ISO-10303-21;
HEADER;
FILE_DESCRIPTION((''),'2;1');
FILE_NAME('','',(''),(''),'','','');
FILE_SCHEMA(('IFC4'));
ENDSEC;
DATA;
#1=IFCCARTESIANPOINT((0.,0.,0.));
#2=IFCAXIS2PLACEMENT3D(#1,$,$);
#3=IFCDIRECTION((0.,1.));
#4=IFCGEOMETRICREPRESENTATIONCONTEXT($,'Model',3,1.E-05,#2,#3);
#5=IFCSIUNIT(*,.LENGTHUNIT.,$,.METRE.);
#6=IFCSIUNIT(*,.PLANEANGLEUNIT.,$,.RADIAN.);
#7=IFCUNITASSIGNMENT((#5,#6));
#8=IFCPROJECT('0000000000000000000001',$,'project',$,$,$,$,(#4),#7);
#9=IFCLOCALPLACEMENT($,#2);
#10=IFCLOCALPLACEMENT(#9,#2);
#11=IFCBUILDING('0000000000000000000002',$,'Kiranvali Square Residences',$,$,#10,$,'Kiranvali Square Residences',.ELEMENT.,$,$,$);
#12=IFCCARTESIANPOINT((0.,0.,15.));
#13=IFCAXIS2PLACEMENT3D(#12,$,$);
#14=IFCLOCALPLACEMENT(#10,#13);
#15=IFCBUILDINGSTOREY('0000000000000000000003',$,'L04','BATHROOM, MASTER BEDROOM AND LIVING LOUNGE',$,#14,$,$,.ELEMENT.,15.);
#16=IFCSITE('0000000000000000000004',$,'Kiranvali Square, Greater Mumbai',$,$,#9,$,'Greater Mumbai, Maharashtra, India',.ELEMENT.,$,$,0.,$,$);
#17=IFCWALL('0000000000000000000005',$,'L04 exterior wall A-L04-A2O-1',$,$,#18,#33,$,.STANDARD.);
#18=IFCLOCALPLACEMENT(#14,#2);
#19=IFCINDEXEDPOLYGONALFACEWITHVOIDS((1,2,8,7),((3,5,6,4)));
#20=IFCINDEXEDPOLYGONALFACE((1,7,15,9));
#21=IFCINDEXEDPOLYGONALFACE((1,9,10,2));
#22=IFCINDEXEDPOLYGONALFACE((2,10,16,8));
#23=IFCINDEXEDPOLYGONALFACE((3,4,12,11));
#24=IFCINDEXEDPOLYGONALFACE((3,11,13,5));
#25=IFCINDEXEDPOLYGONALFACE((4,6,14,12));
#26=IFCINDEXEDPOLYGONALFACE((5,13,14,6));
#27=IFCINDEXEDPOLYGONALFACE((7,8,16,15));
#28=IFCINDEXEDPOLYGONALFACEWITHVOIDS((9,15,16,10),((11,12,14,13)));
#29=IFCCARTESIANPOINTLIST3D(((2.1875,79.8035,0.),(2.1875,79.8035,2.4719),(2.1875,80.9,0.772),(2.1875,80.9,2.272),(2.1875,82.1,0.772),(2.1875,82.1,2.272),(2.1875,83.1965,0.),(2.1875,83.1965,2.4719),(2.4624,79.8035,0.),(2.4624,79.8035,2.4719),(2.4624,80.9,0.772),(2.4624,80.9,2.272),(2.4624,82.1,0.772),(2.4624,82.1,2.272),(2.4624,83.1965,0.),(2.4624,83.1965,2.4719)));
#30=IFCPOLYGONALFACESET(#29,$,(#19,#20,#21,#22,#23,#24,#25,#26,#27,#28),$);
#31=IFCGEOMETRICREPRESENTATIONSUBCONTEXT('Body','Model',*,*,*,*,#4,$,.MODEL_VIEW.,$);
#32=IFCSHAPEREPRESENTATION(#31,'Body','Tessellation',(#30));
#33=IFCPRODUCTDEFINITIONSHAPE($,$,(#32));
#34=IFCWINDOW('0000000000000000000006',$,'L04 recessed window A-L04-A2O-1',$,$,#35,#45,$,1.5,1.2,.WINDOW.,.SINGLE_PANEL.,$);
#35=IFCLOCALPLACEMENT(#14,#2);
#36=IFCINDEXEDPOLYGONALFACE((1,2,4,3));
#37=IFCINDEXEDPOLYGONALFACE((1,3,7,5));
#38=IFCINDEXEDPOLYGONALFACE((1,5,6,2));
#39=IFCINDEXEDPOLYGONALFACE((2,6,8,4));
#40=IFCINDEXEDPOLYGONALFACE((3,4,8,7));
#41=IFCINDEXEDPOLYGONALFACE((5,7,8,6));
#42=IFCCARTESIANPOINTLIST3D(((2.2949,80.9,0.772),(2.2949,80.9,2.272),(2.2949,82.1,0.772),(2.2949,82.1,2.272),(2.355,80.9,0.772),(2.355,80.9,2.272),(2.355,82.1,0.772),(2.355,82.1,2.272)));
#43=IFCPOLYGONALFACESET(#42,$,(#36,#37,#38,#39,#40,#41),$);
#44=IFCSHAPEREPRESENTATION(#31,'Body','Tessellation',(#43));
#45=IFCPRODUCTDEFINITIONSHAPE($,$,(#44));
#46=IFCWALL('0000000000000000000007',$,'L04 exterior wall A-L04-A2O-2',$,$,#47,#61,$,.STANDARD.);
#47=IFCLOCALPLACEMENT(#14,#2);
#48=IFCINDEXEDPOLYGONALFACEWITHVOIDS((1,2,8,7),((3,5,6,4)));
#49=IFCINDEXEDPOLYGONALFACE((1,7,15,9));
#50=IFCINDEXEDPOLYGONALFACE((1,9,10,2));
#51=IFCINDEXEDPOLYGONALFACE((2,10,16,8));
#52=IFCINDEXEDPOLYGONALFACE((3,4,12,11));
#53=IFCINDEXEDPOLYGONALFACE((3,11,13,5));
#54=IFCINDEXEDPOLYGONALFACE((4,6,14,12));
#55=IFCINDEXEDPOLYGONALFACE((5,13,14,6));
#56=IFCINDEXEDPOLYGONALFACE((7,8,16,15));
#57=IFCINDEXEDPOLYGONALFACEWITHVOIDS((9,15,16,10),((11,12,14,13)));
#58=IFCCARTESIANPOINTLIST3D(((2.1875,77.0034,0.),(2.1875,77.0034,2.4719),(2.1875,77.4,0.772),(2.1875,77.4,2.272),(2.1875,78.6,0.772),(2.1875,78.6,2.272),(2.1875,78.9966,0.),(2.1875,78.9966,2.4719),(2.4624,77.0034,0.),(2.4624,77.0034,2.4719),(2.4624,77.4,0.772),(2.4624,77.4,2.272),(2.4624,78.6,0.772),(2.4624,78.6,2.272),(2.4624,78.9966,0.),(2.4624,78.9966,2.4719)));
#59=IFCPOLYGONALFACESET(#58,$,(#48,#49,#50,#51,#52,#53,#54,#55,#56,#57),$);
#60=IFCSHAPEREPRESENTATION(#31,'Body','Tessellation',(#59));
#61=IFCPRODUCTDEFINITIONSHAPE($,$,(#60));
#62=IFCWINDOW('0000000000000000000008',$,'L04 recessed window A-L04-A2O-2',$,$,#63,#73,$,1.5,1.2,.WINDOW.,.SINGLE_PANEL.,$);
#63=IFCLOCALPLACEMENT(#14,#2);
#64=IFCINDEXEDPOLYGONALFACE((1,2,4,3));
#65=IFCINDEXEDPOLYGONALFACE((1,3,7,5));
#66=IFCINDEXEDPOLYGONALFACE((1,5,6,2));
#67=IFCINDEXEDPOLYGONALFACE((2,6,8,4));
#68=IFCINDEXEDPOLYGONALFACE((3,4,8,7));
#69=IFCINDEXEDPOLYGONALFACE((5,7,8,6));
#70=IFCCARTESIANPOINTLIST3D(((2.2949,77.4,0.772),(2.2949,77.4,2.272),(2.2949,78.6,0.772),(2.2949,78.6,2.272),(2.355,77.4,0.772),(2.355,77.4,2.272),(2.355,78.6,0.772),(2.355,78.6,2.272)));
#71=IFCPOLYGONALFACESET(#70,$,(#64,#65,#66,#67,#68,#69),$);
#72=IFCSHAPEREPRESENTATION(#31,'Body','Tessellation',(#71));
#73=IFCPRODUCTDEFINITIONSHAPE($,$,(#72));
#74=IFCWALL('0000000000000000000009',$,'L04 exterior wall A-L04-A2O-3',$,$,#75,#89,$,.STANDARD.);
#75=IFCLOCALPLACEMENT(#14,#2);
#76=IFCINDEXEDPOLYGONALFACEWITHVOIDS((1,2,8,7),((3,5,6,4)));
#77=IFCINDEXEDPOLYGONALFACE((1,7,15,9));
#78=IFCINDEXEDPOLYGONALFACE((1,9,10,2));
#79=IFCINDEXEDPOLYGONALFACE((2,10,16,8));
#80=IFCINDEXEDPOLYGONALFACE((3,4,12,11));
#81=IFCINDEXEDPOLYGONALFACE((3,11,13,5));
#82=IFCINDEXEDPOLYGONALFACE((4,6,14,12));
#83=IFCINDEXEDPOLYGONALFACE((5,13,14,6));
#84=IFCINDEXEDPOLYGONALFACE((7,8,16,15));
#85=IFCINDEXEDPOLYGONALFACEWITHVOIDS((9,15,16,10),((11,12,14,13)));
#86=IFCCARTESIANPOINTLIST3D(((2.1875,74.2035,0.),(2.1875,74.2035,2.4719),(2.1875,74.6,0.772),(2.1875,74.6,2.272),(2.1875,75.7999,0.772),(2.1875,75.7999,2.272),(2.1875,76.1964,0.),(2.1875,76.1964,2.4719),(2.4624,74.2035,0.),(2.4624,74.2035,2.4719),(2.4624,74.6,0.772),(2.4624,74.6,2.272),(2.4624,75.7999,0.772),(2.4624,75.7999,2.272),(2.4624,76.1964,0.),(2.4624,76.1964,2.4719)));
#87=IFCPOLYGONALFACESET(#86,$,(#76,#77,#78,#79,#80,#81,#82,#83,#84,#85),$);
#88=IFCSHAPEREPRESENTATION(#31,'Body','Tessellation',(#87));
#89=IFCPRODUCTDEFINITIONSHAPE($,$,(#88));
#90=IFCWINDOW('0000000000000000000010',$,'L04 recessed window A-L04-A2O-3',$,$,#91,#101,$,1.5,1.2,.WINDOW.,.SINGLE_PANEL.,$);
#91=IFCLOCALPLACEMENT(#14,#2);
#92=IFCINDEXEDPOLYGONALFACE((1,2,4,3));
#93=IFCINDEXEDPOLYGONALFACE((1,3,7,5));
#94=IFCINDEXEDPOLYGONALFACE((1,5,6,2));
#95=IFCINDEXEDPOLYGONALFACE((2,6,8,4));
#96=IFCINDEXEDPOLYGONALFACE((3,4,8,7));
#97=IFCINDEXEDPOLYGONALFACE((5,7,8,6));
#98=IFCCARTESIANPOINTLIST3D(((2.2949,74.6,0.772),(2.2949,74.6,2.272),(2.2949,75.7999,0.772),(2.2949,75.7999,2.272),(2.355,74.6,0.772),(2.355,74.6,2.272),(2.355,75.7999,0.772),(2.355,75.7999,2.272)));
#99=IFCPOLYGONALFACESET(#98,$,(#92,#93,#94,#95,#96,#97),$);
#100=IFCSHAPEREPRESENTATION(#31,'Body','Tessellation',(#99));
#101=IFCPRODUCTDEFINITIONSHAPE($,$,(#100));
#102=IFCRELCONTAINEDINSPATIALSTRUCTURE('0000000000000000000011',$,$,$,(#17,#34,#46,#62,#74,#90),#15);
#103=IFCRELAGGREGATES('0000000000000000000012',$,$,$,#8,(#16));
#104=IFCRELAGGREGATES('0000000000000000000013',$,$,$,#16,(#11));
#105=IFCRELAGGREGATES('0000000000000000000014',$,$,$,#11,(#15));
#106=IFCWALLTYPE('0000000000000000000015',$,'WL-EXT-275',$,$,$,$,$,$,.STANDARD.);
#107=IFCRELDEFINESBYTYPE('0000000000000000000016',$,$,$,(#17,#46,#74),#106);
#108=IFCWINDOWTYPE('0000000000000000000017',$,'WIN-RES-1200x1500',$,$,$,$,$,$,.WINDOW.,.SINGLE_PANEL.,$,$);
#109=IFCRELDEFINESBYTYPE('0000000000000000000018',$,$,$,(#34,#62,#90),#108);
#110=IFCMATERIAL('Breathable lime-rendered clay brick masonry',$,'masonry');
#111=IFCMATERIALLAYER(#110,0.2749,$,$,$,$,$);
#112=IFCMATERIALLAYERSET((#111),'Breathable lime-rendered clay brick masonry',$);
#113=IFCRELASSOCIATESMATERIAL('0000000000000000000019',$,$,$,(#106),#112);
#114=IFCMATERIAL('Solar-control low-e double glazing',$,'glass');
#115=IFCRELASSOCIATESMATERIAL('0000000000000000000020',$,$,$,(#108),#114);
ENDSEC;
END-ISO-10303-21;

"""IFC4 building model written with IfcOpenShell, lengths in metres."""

from ifc_helpers import new_model, si_unit, direction, frame, frame_2d, origin, place, context, subcontext, project, spatial, rectangle, extrude, material, layer, layer_set, type_object, element, fill, save


model = new_model("IFC4")

# Units and contexts
model_context = context("Model", 3, precision=1e-05, world=origin(), true_north=direction((0.0, 1.0)))
body_context = subcontext(model_context, "Body", "Model", "MODEL_VIEW")
ifc_project = project(units=[si_unit("LENGTHUNIT", "METRE"), si_unit("PLANEANGLEUNIT", "RADIAN")], contexts=[model_context])

# Site, building, storey
site_placement = place(None, origin())
site = spatial("IfcSite", under=ifc_project, at=site_placement, Name="Kiranvali Square, Greater Mumbai", LongName="Greater Mumbai, Maharashtra, India", CompositionType="ELEMENT", RefElevation=0.0)
building_placement = place(site_placement, origin())
building = spatial("IfcBuilding", under=site, at=building_placement, Name="Kiranvali Square Residences", LongName="Kiranvali Square Residences", CompositionType="ELEMENT")
storey_placement = place(building_placement, frame((0.0, 0.0, 15.0)))
storey = spatial("IfcBuildingStorey", under=building, at=storey_placement, Name="L04", Description="BATHROOM, MASTER BEDROOM AND LIVING LOUNGE", CompositionType="ELEMENT", Elevation=15.0)

# Walls, openings, windows
ifc_material_1 = material(Name="Breathable lime-rendered clay brick masonry", Category="masonry")
ifc_layer = layer(ifc_material_1, 0.2749)
ifc_layer_set = layer_set([ifc_layer], Name="Breathable lime-rendered clay brick masonry")
wall_type = type_object("IfcWallType", Name="WL-EXT-275", PredefinedType="STANDARD", material=ifc_layer_set)
wall_1_placement = place(storey_placement, frame((2.325, 83.1965, 0.0), z_axis=(0.0, 0.0, 1.0), x_axis=(0.0, -1.0, 0.0)))
wall_1 = element("IfcWall", 1, at=wall_1_placement, inside=storey, type_object=wall_type, Name="L04 exterior wall A-L04-A2O-1", PredefinedType="STANDARD", context=body_context, shape_type="SweptSolid", body=[
    extrude(rectangle(XDim=3.3931, YDim=0.2749, at=frame_2d((1.6965, 0.0))), origin(), (0.0, 0.0, 1.0), 2.4719),
])
opening_1_placement = place(wall_1_placement, frame((1.0964, 0.0, 0.772)))
opening_1 = element("IfcOpeningElement", 2, at=opening_1_placement, cuts=wall_1, PredefinedType="OPENING", context=body_context, shape_type="SweptSolid", body=[
    extrude(rectangle(XDim=1.2, YDim=1.5, at=frame_2d((0.6001, 0.75))), frame((0.0, 0.1475, 0.0), z_axis=(0.0, -1.0, 0.0), x_axis=(1.0, 0.0, 0.0)), (0.0, 0.0, 1.0), 0.2949),
])
ifc_material_2 = material(Name="Solar-control low-e double glazing", Category="glass")
window_type = type_object("IfcWindowType", Name="WIN-RES-1200x1500", PartitioningType="SINGLE_PANEL", PredefinedType="WINDOW", material=ifc_material_2)
window_1_placement = place(opening_1_placement, origin())
window_1 = element("IfcWindow", 3, at=window_1_placement, inside=storey, type_object=window_type, Name="L04 recessed window A-L04-A2O-1", OverallHeight=1.5, OverallWidth=1.2, PartitioningType="SINGLE_PANEL", PredefinedType="WINDOW", context=body_context, shape_type="SweptSolid", body=[
    extrude(rectangle(XDim=1.2, YDim=1.5, at=frame_2d((0.6001, 0.75))), frame((0.0, 0.03, 0.0), z_axis=(0.0, -1.0, 0.0), x_axis=(1.0, 0.0, 0.0)), (0.0, 0.0, 1.0), 0.0601),
])
fill(opening_1, window_1)
wall_2_placement = place(storey_placement, frame((2.325, 78.9966, 0.0), z_axis=(0.0, 0.0, 1.0), x_axis=(0.0, -1.0, 0.0)))
wall_2 = element("IfcWall", 4, at=wall_2_placement, inside=storey, type_object=wall_type, Name="L04 exterior wall A-L04-A2O-2", PredefinedType="STANDARD", context=body_context, shape_type="SweptSolid", body=[
    extrude(rectangle(XDim=1.9932, YDim=0.2749, at=frame_2d((0.9966, 0.0))), origin(), (0.0, 0.0, 1.0), 2.4719),
])
opening_2_placement = place(wall_2_placement, frame((0.3965, 0.0, 0.772)))
opening_2 = element("IfcOpeningElement", 5, at=opening_2_placement, cuts=wall_2, PredefinedType="OPENING", context=body_context, shape_type="SweptSolid", body=[
    extrude(rectangle(XDim=1.2, YDim=1.5, at=frame_2d((0.6001, 0.75))), frame((0.0, 0.1475, 0.0), z_axis=(0.0, -1.0, 0.0), x_axis=(1.0, 0.0, 0.0)), (0.0, 0.0, 1.0), 0.2949),
])
window_2_placement = place(opening_2_placement, origin())
window_2 = element("IfcWindow", 6, at=window_2_placement, inside=storey, type_object=window_type, Name="L04 recessed window A-L04-A2O-2", OverallHeight=1.5, OverallWidth=1.2, PartitioningType="SINGLE_PANEL", PredefinedType="WINDOW", context=body_context, shape_type="SweptSolid", body=[
    extrude(rectangle(XDim=1.2, YDim=1.5, at=frame_2d((0.6001, 0.75))), frame((0.0, 0.03, 0.0), z_axis=(0.0, -1.0, 0.0), x_axis=(1.0, 0.0, 0.0)), (0.0, 0.0, 1.0), 0.0601),
])
fill(opening_2, window_2)
wall_3_placement = place(storey_placement, frame((2.325, 76.1965, 0.0), z_axis=(0.0, 0.0, 1.0), x_axis=(0.0, -1.0, 0.0)))
wall_3 = element("IfcWall", 7, at=wall_3_placement, inside=storey, type_object=wall_type, Name="L04 exterior wall A-L04-A2O-3", PredefinedType="STANDARD", context=body_context, shape_type="SweptSolid", body=[
    extrude(rectangle(XDim=1.9929, YDim=0.2749, at=frame_2d((0.9966, 0.0))), origin(), (0.0, 0.0, 1.0), 2.4719),
])
opening_3_placement = place(wall_3_placement, frame((0.3965, 0.0, 0.772)))
opening_3 = element("IfcOpeningElement", 8, at=opening_3_placement, cuts=wall_3, PredefinedType="OPENING", context=body_context, shape_type="SweptSolid", body=[
    extrude(rectangle(XDim=1.2, YDim=1.5, at=frame_2d((0.6001, 0.75))), frame((0.0, 0.1475, 0.0), z_axis=(0.0, -1.0, 0.0), x_axis=(1.0, 0.0, 0.0)), (0.0, 0.0, 1.0), 0.2949),
])
window_3_placement = place(opening_3_placement, origin())
window_3 = element("IfcWindow", 9, at=window_3_placement, inside=storey, type_object=window_type, Name="L04 recessed window A-L04-A2O-3", OverallHeight=1.5, OverallWidth=1.2, PartitioningType="SINGLE_PANEL", PredefinedType="WINDOW", context=body_context, shape_type="SweptSolid", body=[
    extrude(rectangle(XDim=1.2, YDim=1.5, at=frame_2d((0.6001, 0.75))), frame((0.0, 0.03, 0.0), z_axis=(0.0, -1.0, 0.0), x_axis=(1.0, 0.0, 0.0)), (0.0, 0.0, 1.0), 0.0601),
])
fill(opening_3, window_3)

save(model, "model.ifc")
